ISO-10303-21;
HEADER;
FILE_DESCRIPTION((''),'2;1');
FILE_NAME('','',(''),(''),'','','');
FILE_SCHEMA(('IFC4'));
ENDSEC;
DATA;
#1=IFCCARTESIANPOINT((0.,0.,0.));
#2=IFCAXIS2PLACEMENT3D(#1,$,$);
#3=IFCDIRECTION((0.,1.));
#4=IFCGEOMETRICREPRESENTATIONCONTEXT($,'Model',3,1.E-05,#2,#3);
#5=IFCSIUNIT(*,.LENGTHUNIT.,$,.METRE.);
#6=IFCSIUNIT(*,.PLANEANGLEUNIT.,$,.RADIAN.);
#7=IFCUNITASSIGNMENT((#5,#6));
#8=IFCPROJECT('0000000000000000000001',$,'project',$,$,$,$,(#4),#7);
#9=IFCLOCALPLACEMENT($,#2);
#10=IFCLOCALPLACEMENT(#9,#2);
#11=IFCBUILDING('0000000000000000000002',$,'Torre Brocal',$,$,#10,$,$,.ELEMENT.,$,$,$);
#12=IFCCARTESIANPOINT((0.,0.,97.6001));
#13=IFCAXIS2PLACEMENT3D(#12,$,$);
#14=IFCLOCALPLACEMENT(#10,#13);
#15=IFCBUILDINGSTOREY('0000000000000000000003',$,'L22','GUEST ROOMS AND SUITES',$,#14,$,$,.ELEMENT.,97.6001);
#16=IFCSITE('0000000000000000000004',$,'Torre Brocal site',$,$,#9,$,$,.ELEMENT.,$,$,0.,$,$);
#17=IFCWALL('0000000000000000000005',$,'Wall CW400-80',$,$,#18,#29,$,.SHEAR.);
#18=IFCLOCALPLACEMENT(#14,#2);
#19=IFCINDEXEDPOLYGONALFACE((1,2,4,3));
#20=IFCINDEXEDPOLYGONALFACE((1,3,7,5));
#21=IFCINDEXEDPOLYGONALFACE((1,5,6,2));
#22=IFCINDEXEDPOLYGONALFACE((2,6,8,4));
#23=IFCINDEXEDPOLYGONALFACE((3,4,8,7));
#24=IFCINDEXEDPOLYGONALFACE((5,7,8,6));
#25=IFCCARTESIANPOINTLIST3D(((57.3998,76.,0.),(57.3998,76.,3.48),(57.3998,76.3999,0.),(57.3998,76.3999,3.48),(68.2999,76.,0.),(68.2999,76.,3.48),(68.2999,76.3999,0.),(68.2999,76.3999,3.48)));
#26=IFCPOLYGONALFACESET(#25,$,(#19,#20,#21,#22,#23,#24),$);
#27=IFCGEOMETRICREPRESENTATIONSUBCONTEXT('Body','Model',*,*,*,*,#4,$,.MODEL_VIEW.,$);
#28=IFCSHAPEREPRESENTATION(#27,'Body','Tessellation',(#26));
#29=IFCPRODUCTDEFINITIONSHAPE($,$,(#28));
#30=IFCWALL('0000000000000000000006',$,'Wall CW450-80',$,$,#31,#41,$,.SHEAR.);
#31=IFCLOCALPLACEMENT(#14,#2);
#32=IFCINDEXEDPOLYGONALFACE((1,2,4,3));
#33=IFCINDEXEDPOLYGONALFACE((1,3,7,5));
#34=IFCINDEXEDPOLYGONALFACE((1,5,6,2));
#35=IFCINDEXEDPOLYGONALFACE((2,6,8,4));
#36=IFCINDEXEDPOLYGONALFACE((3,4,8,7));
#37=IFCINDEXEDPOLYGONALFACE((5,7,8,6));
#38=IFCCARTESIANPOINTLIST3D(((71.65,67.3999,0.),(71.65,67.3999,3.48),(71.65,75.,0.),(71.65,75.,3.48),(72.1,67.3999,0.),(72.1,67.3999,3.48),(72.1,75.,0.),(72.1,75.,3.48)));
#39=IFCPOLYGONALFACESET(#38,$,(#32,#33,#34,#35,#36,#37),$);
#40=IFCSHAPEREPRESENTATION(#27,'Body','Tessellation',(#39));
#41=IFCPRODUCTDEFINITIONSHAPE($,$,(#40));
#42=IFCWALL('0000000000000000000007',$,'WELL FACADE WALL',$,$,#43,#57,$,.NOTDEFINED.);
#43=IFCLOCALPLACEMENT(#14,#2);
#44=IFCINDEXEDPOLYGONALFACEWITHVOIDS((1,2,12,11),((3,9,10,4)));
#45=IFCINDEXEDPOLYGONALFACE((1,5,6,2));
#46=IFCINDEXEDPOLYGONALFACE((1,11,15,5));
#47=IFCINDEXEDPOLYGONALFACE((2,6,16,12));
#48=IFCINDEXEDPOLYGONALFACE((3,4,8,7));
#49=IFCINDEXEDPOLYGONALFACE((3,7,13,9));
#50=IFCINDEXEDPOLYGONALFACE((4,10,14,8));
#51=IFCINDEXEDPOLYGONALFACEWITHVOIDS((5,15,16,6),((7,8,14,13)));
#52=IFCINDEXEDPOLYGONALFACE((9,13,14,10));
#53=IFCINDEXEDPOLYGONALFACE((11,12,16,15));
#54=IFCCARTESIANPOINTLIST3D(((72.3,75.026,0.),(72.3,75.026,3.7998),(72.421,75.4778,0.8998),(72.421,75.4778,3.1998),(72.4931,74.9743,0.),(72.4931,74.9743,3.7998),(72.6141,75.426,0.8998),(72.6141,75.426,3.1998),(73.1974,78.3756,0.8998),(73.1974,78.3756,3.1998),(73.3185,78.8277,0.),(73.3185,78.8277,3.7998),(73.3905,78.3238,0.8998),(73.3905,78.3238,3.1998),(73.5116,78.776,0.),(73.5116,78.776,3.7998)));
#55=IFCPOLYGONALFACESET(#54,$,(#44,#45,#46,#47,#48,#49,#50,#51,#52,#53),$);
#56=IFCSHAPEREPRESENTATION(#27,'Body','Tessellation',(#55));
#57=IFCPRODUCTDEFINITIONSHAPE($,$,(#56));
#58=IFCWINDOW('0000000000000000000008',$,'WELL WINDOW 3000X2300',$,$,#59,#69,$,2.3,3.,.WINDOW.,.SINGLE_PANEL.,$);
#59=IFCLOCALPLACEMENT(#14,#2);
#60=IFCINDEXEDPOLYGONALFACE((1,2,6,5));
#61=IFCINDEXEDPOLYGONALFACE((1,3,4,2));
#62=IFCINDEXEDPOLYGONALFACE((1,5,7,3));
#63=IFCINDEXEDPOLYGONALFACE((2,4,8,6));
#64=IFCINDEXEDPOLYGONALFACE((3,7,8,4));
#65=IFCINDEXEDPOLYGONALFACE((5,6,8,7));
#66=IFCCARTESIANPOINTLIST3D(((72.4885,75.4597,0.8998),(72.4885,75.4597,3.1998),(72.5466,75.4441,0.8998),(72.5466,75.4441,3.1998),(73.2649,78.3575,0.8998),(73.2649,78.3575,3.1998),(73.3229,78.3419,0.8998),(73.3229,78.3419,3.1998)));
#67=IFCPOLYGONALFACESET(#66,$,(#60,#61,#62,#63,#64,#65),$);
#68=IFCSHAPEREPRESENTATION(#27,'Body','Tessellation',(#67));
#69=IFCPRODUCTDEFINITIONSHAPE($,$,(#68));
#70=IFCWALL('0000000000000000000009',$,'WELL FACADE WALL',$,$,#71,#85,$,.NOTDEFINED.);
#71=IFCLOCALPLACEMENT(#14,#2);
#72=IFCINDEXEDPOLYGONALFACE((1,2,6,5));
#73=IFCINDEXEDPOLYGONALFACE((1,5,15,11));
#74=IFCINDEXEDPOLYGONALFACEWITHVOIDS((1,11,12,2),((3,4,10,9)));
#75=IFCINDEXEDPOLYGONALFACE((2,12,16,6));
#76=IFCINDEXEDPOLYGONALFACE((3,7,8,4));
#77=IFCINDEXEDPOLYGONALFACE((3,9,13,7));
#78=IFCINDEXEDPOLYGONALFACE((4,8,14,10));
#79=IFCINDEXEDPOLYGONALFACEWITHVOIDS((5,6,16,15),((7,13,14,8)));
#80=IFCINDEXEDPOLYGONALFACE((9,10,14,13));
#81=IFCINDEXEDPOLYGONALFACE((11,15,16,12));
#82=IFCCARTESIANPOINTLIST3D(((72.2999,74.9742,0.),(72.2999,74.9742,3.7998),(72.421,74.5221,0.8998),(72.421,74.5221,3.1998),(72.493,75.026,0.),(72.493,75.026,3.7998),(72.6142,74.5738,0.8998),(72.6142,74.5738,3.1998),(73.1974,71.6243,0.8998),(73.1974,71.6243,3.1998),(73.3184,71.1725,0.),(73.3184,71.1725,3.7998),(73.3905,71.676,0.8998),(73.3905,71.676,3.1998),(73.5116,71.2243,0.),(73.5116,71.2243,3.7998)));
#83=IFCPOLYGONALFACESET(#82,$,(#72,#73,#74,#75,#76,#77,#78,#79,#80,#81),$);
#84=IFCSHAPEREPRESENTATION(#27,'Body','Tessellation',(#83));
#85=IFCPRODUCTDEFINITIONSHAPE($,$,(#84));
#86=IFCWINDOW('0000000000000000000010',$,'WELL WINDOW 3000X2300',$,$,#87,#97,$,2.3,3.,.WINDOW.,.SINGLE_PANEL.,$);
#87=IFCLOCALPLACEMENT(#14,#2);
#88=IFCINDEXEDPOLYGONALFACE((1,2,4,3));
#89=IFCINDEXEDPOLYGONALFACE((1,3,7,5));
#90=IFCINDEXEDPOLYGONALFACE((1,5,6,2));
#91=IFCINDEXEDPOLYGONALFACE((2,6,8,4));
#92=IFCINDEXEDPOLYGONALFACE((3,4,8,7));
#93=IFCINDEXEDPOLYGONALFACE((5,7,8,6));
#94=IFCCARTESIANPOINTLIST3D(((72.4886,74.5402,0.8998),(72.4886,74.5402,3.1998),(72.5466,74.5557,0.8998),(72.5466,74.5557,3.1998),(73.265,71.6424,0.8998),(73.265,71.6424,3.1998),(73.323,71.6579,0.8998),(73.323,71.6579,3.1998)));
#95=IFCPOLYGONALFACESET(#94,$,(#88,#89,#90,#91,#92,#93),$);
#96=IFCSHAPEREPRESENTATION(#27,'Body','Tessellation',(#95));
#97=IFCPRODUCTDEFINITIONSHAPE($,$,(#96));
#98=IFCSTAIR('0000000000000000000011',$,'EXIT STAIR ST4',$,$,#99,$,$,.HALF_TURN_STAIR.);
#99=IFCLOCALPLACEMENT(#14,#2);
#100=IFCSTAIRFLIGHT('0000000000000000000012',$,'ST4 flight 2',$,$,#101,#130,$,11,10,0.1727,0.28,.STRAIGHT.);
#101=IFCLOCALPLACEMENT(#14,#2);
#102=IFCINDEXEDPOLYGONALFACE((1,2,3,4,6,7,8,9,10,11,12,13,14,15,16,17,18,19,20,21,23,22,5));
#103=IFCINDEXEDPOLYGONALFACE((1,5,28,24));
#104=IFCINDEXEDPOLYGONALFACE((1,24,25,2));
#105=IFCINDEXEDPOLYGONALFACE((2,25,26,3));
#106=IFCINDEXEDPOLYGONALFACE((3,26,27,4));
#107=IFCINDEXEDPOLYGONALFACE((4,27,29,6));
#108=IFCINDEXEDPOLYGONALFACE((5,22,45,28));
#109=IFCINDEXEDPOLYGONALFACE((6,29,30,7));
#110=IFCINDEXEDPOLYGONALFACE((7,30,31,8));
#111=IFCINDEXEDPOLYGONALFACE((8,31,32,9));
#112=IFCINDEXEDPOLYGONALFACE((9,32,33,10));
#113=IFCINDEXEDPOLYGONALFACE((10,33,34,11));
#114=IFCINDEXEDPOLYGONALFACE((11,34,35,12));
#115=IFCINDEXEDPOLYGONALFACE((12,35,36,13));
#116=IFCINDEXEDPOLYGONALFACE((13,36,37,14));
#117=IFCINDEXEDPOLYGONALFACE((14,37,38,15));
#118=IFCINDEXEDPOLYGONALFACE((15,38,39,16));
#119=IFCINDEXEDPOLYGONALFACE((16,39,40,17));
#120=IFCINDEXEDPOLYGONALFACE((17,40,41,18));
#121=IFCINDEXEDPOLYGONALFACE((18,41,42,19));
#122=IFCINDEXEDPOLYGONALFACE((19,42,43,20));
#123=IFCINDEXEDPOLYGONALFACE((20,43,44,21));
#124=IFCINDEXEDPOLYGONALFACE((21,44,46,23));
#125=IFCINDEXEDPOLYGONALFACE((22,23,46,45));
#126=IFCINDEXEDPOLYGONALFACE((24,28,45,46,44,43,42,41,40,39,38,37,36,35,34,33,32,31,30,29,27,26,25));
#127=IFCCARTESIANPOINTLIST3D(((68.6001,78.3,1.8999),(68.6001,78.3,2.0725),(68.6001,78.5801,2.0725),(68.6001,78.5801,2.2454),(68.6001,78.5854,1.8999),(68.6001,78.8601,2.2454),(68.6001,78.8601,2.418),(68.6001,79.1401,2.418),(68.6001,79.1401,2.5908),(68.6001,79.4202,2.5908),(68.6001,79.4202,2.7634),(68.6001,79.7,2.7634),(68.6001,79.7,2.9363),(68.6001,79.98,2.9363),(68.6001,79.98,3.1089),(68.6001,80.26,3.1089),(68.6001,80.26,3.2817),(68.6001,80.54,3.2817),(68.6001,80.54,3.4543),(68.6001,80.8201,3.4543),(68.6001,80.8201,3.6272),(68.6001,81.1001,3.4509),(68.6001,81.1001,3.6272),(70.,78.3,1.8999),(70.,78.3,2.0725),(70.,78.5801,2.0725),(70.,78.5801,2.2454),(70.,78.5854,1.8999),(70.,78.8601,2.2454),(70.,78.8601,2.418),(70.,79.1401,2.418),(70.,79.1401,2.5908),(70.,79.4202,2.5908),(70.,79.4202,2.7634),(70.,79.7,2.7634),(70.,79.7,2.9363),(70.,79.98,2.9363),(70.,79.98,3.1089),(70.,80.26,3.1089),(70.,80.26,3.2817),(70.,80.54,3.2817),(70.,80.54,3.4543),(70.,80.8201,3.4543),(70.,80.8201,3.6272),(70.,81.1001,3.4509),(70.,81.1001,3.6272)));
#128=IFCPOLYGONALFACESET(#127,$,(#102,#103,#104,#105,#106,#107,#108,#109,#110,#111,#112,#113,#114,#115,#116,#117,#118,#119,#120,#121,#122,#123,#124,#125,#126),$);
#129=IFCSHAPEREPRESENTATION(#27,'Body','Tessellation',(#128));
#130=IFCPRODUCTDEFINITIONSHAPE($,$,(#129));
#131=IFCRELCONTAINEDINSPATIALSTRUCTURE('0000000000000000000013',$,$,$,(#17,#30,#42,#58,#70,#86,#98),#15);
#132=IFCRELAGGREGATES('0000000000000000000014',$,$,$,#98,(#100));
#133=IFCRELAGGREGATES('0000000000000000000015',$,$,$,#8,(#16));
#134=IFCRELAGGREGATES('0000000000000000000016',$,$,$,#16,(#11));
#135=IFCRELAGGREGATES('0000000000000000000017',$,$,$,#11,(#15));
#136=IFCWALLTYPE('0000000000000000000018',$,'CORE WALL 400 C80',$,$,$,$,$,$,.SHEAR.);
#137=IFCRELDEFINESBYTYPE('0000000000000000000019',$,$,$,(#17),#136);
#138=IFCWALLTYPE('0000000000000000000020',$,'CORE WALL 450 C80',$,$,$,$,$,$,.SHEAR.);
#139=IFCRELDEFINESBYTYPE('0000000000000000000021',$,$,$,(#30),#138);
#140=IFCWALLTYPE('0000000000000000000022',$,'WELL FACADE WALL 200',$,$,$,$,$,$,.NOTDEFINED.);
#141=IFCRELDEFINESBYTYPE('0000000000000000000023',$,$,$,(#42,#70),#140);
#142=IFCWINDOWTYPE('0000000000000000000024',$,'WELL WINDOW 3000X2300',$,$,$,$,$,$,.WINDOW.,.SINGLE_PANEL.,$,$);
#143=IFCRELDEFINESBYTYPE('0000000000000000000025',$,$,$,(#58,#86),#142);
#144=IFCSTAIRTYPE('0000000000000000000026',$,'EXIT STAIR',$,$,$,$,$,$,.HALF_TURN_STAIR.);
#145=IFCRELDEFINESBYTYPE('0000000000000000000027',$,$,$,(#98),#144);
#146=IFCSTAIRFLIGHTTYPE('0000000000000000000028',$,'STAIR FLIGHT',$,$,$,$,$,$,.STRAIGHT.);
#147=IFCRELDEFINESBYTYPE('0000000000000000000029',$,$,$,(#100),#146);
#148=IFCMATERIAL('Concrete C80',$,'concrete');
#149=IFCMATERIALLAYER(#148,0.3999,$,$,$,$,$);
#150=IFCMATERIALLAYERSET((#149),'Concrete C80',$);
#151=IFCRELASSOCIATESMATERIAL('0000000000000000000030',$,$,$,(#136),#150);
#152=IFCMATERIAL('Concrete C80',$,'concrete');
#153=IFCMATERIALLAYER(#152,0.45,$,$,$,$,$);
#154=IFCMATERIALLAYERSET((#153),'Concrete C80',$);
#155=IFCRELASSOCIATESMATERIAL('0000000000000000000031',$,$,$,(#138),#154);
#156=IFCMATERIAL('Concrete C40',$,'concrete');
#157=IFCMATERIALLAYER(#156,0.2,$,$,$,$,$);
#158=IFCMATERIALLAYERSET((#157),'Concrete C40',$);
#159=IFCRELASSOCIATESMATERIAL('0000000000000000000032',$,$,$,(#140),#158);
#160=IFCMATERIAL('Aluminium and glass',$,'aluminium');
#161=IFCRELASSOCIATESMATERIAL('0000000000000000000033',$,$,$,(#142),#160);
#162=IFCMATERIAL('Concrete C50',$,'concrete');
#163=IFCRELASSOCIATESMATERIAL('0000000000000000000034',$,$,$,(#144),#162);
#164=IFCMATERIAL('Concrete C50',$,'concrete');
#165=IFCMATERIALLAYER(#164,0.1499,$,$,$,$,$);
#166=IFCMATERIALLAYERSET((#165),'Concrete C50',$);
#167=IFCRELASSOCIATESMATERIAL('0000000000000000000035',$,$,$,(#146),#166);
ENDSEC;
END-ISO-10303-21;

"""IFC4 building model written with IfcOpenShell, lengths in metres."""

from ifc_helpers import new_model, si_unit, direction, frame, frame_2d, origin, place, context, subcontext, project, spatial, polyline, rectangle, outline, extrude, material, layer, layer_set, type_object, element, fill, aggregate, save


model = new_model("IFC4")

# Units and contexts
model_context = context("Model", 3, precision=1e-05, world=origin(), true_north=direction((0.0, 1.0)))
body_context = subcontext(model_context, "Body", "Model", "MODEL_VIEW")
ifc_project = project(units=[si_unit("LENGTHUNIT", "METRE"), si_unit("PLANEANGLEUNIT", "RADIAN")], contexts=[model_context])

# Site, building, storey
site_placement = place(None, origin())
site = spatial("IfcSite", under=ifc_project, at=site_placement, Name="Torre Brocal site", CompositionType="ELEMENT", RefElevation=0.0)
building_placement = place(site_placement, origin())
building = spatial("IfcBuilding", under=site, at=building_placement, Name="Torre Brocal", CompositionType="ELEMENT")
storey_placement = place(building_placement, frame((0.0, 0.0, 97.6001)))
storey = spatial("IfcBuildingStorey", under=building, at=storey_placement, Name="L22", Description="GUEST ROOMS AND SUITES", CompositionType="ELEMENT", Elevation=97.6001)

# Walls
ifc_material_1 = material(Name="Concrete C80", Category="concrete")
ifc_layer_1 = layer(ifc_material_1, 0.3999)
ifc_layer_set_1 = layer_set([ifc_layer_1], Name="Concrete C80")
wall_type_1 = type_object("IfcWallType", Name="CORE WALL 400 C80", PredefinedType="SHEAR", material=ifc_layer_set_1)
wall_1_placement = place(storey_placement, frame((68.3, 76.2, 0.0), z_axis=(0.0, 0.0, 1.0), x_axis=(-1.0, 0.0, 0.0)))
element("IfcWall", 1, at=wall_1_placement, inside=storey, type_object=wall_type_1, Name="Wall CW400-80", PredefinedType="SHEAR", context=body_context, shape_type="SweptSolid", body=[
    extrude(rectangle(XDim=10.9001, YDim=0.3999, at=frame_2d((5.4502, 0.0))), origin(), (0.0, 0.0, 1.0), 3.48),
])
ifc_material_2 = material(Name="Concrete C80", Category="concrete")
ifc_layer_2 = layer(ifc_material_2, 0.45)
ifc_layer_set_2 = layer_set([ifc_layer_2], Name="Concrete C80")
wall_type_2 = type_object("IfcWallType", Name="CORE WALL 450 C80", PredefinedType="SHEAR", material=ifc_layer_set_2)
wall_2_placement = place(storey_placement, frame((71.875, 75.0, 0.0), z_axis=(0.0, 0.0, 1.0), x_axis=(0.0, -1.0, 0.0)))
element("IfcWall", 2, at=wall_2_placement, inside=storey, type_object=wall_type_2, Name="Wall CW450-80", PredefinedType="SHEAR", context=body_context, shape_type="SweptSolid", body=[
    extrude(rectangle(XDim=7.6001, YDim=0.45, at=frame_2d((3.8, 0.0))), origin(), (0.0, 0.0, 1.0), 3.48),
])

# Walls, openings, windows
ifc_material_3 = material(Name="Concrete C40", Category="concrete")
ifc_layer_3 = layer(ifc_material_3, 0.2)
ifc_layer_set_3 = layer_set([ifc_layer_3], Name="Concrete C40")
wall_type_3 = type_object("IfcWallType", Name="WELL FACADE WALL 200", PredefinedType="NOTDEFINED", material=ifc_layer_set_3)
wall_3_placement = place(storey_placement, frame((73.415, 78.8018, 0.0), z_axis=(0.0, 0.0, 1.0), x_axis=(-0.25879, -0.965934, 0.0)))
wall_3 = element("IfcWall", 3, at=wall_3_placement, inside=storey, type_object=wall_type_3, Name="WELL FACADE WALL", PredefinedType="NOTDEFINED", context=body_context, shape_type="SweptSolid", body=[
    extrude(rectangle(XDim=3.9358, YDim=0.2, at=frame_2d((1.9678, 0.0))), origin(), (0.0, 0.0, 1.0), 3.7998),
])
opening_1_placement = place(wall_3_placement, frame((0.468, 0.0, 0.8999)))
opening_1 = element("IfcOpeningElement", 4, at=opening_1_placement, cuts=wall_3, PredefinedType="OPENING", context=body_context, shape_type="SweptSolid", body=[
    extrude(rectangle(XDim=3.0, YDim=2.3, at=frame_2d((1.5, 1.1499))), frame((0.0, 0.1099, 0.0), z_axis=(0.0, -1.0, 0.0), x_axis=(1.0, 0.0, 0.0)), (0.0, 0.0, 1.0), 0.22),
])
ifc_material_4 = material(Name="Aluminium and glass", Category="aluminium")
window_type = type_object("IfcWindowType", Name="WELL WINDOW 3000X2300", PartitioningType="SINGLE_PANEL", PredefinedType="WINDOW", material=ifc_material_4)
window_1_placement = place(opening_1_placement, origin())
window_1 = element("IfcWindow", 5, at=window_1_placement, inside=storey, type_object=window_type, Name="WELL WINDOW 3000X2300", OverallHeight=2.3, OverallWidth=3.0, PartitioningType="SINGLE_PANEL", PredefinedType="WINDOW", context=body_context, shape_type="SweptSolid", body=[
    extrude(rectangle(XDim=3.0, YDim=2.3, at=frame_2d((1.5, 1.1499))), frame((0.0, 0.03, 0.0), z_axis=(0.0, -1.0, 0.0), x_axis=(1.0, 0.0, 0.0)), (0.0, 0.0, 1.0), 0.0601),
])
fill(opening_1, window_1)
wall_4_placement = place(storey_placement, frame((72.3965, 75.0, 0.0), z_axis=(0.0, 0.0, 1.0), x_axis=(0.25879, -0.965934, 0.0)))
wall_4 = element("IfcWall", 6, at=wall_4_placement, inside=storey, type_object=wall_type_3, Name="WELL FACADE WALL", PredefinedType="NOTDEFINED", context=body_context, shape_type="SweptSolid", body=[
    extrude(rectangle(XDim=3.9358, YDim=0.2, at=frame_2d((1.9678, 0.0))), origin(), (0.0, 0.0, 1.0), 3.7998),
])
opening_2_placement = place(wall_4_placement, frame((0.468, 0.0, 0.8999)))
opening_2 = element("IfcOpeningElement", 7, at=opening_2_placement, cuts=wall_4, PredefinedType="OPENING", context=body_context, shape_type="SweptSolid", body=[
    extrude(rectangle(XDim=3.0, YDim=2.3, at=frame_2d((1.5, 1.1499))), frame((0.0, 0.1099, 0.0), z_axis=(0.0, -1.0, 0.0), x_axis=(1.0, 0.0, 0.0)), (0.0, 0.0, 1.0), 0.22),
])
window_2_placement = place(opening_2_placement, origin())
window_2 = element("IfcWindow", 8, at=window_2_placement, inside=storey, type_object=window_type, Name="WELL WINDOW 3000X2300", OverallHeight=2.3, OverallWidth=3.0, PartitioningType="SINGLE_PANEL", PredefinedType="WINDOW", context=body_context, shape_type="SweptSolid", body=[
    extrude(rectangle(XDim=3.0, YDim=2.3, at=frame_2d((1.5, 1.1499))), frame((0.0, 0.03, 0.0), z_axis=(0.0, -1.0, 0.0), x_axis=(1.0, 0.0, 0.0)), (0.0, 0.0, 1.0), 0.0601),
])
fill(opening_2, window_2)

# Stair, stair flight
ifc_material_5 = material(Name="Concrete C50", Category="concrete")
stair_type = type_object("IfcStairType", Name="EXIT STAIR", PredefinedType="HALF_TURN_STAIR", material=ifc_material_5)
stair_placement = place(storey_placement, origin())
stair = element("IfcStair", 9, at=stair_placement, inside=storey, type_object=stair_type, Name="EXIT STAIR ST4", PredefinedType="HALF_TURN_STAIR")
ifc_material_6 = material(Name="Concrete C50", Category="concrete")
ifc_layer_4 = layer(ifc_material_6, 0.1499)
ifc_layer_set_4 = layer_set([ifc_layer_4], Name="Concrete C50")
stair_flight_type = type_object("IfcStairFlightType", Name="STAIR FLIGHT", PredefinedType="STRAIGHT", material=ifc_layer_set_4)
stair_flight_placement = place(storey_placement, frame((69.3, 78.3, 1.8999), z_axis=(0.0, 0.0, 1.0), x_axis=(0.0, 1.0, 0.0)))
stair_flight = element("IfcStairFlight", 10, at=stair_flight_placement, type_object=stair_flight_type, Name="ST4 flight 2", NumberOfRisers=11, NumberOfTreads=10, PredefinedType="STRAIGHT", RiserHeight=0.1727, TreadLength=0.28, context=body_context, shape_type="SweptSolid", body=[
    extrude(outline(polyline([(0.0, 0.0), (0.0, 0.1726), (0.28, 0.1726), (0.28, 0.3455), (0.5601, 0.3455), (0.5601, 0.5181), (0.8401, 0.5181), (0.8401, 0.6909), (1.1201, 0.6909), (1.1201, 0.8635), (1.3999, 0.8635), (1.3999, 1.0364), (1.6799, 1.0364), (1.6799, 1.209), (1.96, 1.209), (1.96, 1.3818), (2.24, 1.3818), (2.24, 1.5544), (2.52, 1.5544), (2.52, 1.7273), (2.8, 1.7273), (2.8, 1.8999), (2.8, 1.551), (0.2854, 0.0), (0.0, 0.0)])), frame((0.0, 0.7, 0.0), z_axis=(0.0, -1.0, 0.0), x_axis=(1.0, 0.0, 0.0)), (0.0, 0.0, 1.0), 1.3999),
])
aggregate(stair, [stair_flight])

save(model, "model.ifc")
